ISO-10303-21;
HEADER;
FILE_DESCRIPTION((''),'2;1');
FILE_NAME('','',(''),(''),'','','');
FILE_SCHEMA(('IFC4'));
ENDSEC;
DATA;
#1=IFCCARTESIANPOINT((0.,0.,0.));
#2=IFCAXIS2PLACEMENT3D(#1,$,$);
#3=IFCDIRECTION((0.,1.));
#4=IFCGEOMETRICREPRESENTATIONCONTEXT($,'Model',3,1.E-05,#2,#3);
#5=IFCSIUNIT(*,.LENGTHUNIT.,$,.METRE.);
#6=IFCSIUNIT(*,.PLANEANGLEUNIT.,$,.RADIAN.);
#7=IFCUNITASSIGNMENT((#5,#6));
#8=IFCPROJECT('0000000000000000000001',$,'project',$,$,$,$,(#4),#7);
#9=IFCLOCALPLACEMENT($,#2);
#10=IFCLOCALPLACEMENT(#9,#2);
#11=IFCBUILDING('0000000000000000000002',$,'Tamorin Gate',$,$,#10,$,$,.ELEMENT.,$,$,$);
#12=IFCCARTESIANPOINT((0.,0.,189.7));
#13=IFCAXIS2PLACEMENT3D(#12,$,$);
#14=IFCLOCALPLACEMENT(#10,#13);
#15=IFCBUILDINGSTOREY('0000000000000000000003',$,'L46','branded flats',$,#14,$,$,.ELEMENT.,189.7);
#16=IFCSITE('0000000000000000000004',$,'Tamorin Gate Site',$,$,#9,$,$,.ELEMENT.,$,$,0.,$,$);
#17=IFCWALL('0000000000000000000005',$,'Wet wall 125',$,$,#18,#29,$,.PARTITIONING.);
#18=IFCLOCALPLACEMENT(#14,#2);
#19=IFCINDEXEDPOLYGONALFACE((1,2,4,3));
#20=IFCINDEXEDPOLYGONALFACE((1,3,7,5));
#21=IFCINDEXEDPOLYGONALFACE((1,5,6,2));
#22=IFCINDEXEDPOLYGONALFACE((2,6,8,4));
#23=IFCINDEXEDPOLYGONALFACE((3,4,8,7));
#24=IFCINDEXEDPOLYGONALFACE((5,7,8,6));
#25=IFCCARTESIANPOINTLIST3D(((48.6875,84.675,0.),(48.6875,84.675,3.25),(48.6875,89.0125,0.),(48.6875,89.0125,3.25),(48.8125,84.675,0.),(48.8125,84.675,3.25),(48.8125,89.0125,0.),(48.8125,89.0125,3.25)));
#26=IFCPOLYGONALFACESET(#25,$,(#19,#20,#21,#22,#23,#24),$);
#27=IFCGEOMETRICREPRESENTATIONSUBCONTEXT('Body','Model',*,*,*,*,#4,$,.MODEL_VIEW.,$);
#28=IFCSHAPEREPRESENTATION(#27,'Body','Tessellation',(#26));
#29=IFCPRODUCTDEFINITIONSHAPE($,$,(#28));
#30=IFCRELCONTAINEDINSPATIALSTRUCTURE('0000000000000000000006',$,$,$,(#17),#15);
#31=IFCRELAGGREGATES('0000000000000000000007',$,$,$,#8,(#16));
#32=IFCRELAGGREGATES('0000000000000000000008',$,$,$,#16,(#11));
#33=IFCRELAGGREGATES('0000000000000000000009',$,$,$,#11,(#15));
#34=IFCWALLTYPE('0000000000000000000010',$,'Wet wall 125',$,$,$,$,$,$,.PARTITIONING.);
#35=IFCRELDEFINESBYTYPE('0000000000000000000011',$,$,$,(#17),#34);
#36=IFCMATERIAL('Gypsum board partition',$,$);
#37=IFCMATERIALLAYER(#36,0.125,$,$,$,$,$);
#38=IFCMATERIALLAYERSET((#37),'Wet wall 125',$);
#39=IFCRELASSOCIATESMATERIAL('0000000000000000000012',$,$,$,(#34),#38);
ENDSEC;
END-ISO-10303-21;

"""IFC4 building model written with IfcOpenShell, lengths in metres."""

from ifc_helpers import new_model, si_unit, direction, frame, frame_2d, origin, place, context, subcontext, project, spatial, rectangle, extrude, material, layer, layer_set, type_object, element, save


model = new_model("IFC4")

# Units and contexts
model_context = context("Model", 3, precision=1e-05, world=origin(), true_north=direction((0.0, 1.0)))
body_context = subcontext(model_context, "Body", "Model", "MODEL_VIEW")
ifc_project = project(units=[si_unit("LENGTHUNIT", "METRE"), si_unit("PLANEANGLEUNIT", "RADIAN")], contexts=[model_context])

# Site, building, storey
site_placement = place(None, origin())
site = spatial("IfcSite", under=ifc_project, at=site_placement, Name="Tamorin Gate Site", CompositionType="ELEMENT", RefElevation=0.0)
building_placement = place(site_placement, origin())
building = spatial("IfcBuilding", under=site, at=building_placement, Name="Tamorin Gate", CompositionType="ELEMENT")
storey_placement = place(building_placement, frame((0.0, 0.0, 189.7)))
storey = spatial("IfcBuildingStorey", under=building, at=storey_placement, Name="L46", Description="branded flats", CompositionType="ELEMENT", Elevation=189.7)

# Shared definitions
ifc_material_1 = material(Name="Gypsum board partition")

# Shared definitions
ifc_layer_1 = layer(ifc_material_1, 0.125)
ifc_layer_set_1 = layer_set([ifc_layer_1], Name="Wet wall 125")
wall_type_1 = type_object("IfcWallType", Name="Wet wall 125", PredefinedType="PARTITIONING", material=ifc_layer_set_1)

# Wall
wall_1_placement = place(storey_placement, frame((48.75, 84.675, 0.0), z_axis=(0.0, 0.0, 1.0), x_axis=(0.0, 1.0, 0.0)))
element("IfcWall", 1, at=wall_1_placement, inside=storey, type_object=wall_type_1, Name="Wet wall 125", PredefinedType="PARTITIONING", context=body_context, shape_type="SweptSolid", body=[
    extrude(rectangle(XDim=4.3374, YDim=0.125, at=frame_2d((2.1687, 0.0))), origin(), (0.0, 0.0, 1.0), 3.25),
])

save(model, "model.ifc")
